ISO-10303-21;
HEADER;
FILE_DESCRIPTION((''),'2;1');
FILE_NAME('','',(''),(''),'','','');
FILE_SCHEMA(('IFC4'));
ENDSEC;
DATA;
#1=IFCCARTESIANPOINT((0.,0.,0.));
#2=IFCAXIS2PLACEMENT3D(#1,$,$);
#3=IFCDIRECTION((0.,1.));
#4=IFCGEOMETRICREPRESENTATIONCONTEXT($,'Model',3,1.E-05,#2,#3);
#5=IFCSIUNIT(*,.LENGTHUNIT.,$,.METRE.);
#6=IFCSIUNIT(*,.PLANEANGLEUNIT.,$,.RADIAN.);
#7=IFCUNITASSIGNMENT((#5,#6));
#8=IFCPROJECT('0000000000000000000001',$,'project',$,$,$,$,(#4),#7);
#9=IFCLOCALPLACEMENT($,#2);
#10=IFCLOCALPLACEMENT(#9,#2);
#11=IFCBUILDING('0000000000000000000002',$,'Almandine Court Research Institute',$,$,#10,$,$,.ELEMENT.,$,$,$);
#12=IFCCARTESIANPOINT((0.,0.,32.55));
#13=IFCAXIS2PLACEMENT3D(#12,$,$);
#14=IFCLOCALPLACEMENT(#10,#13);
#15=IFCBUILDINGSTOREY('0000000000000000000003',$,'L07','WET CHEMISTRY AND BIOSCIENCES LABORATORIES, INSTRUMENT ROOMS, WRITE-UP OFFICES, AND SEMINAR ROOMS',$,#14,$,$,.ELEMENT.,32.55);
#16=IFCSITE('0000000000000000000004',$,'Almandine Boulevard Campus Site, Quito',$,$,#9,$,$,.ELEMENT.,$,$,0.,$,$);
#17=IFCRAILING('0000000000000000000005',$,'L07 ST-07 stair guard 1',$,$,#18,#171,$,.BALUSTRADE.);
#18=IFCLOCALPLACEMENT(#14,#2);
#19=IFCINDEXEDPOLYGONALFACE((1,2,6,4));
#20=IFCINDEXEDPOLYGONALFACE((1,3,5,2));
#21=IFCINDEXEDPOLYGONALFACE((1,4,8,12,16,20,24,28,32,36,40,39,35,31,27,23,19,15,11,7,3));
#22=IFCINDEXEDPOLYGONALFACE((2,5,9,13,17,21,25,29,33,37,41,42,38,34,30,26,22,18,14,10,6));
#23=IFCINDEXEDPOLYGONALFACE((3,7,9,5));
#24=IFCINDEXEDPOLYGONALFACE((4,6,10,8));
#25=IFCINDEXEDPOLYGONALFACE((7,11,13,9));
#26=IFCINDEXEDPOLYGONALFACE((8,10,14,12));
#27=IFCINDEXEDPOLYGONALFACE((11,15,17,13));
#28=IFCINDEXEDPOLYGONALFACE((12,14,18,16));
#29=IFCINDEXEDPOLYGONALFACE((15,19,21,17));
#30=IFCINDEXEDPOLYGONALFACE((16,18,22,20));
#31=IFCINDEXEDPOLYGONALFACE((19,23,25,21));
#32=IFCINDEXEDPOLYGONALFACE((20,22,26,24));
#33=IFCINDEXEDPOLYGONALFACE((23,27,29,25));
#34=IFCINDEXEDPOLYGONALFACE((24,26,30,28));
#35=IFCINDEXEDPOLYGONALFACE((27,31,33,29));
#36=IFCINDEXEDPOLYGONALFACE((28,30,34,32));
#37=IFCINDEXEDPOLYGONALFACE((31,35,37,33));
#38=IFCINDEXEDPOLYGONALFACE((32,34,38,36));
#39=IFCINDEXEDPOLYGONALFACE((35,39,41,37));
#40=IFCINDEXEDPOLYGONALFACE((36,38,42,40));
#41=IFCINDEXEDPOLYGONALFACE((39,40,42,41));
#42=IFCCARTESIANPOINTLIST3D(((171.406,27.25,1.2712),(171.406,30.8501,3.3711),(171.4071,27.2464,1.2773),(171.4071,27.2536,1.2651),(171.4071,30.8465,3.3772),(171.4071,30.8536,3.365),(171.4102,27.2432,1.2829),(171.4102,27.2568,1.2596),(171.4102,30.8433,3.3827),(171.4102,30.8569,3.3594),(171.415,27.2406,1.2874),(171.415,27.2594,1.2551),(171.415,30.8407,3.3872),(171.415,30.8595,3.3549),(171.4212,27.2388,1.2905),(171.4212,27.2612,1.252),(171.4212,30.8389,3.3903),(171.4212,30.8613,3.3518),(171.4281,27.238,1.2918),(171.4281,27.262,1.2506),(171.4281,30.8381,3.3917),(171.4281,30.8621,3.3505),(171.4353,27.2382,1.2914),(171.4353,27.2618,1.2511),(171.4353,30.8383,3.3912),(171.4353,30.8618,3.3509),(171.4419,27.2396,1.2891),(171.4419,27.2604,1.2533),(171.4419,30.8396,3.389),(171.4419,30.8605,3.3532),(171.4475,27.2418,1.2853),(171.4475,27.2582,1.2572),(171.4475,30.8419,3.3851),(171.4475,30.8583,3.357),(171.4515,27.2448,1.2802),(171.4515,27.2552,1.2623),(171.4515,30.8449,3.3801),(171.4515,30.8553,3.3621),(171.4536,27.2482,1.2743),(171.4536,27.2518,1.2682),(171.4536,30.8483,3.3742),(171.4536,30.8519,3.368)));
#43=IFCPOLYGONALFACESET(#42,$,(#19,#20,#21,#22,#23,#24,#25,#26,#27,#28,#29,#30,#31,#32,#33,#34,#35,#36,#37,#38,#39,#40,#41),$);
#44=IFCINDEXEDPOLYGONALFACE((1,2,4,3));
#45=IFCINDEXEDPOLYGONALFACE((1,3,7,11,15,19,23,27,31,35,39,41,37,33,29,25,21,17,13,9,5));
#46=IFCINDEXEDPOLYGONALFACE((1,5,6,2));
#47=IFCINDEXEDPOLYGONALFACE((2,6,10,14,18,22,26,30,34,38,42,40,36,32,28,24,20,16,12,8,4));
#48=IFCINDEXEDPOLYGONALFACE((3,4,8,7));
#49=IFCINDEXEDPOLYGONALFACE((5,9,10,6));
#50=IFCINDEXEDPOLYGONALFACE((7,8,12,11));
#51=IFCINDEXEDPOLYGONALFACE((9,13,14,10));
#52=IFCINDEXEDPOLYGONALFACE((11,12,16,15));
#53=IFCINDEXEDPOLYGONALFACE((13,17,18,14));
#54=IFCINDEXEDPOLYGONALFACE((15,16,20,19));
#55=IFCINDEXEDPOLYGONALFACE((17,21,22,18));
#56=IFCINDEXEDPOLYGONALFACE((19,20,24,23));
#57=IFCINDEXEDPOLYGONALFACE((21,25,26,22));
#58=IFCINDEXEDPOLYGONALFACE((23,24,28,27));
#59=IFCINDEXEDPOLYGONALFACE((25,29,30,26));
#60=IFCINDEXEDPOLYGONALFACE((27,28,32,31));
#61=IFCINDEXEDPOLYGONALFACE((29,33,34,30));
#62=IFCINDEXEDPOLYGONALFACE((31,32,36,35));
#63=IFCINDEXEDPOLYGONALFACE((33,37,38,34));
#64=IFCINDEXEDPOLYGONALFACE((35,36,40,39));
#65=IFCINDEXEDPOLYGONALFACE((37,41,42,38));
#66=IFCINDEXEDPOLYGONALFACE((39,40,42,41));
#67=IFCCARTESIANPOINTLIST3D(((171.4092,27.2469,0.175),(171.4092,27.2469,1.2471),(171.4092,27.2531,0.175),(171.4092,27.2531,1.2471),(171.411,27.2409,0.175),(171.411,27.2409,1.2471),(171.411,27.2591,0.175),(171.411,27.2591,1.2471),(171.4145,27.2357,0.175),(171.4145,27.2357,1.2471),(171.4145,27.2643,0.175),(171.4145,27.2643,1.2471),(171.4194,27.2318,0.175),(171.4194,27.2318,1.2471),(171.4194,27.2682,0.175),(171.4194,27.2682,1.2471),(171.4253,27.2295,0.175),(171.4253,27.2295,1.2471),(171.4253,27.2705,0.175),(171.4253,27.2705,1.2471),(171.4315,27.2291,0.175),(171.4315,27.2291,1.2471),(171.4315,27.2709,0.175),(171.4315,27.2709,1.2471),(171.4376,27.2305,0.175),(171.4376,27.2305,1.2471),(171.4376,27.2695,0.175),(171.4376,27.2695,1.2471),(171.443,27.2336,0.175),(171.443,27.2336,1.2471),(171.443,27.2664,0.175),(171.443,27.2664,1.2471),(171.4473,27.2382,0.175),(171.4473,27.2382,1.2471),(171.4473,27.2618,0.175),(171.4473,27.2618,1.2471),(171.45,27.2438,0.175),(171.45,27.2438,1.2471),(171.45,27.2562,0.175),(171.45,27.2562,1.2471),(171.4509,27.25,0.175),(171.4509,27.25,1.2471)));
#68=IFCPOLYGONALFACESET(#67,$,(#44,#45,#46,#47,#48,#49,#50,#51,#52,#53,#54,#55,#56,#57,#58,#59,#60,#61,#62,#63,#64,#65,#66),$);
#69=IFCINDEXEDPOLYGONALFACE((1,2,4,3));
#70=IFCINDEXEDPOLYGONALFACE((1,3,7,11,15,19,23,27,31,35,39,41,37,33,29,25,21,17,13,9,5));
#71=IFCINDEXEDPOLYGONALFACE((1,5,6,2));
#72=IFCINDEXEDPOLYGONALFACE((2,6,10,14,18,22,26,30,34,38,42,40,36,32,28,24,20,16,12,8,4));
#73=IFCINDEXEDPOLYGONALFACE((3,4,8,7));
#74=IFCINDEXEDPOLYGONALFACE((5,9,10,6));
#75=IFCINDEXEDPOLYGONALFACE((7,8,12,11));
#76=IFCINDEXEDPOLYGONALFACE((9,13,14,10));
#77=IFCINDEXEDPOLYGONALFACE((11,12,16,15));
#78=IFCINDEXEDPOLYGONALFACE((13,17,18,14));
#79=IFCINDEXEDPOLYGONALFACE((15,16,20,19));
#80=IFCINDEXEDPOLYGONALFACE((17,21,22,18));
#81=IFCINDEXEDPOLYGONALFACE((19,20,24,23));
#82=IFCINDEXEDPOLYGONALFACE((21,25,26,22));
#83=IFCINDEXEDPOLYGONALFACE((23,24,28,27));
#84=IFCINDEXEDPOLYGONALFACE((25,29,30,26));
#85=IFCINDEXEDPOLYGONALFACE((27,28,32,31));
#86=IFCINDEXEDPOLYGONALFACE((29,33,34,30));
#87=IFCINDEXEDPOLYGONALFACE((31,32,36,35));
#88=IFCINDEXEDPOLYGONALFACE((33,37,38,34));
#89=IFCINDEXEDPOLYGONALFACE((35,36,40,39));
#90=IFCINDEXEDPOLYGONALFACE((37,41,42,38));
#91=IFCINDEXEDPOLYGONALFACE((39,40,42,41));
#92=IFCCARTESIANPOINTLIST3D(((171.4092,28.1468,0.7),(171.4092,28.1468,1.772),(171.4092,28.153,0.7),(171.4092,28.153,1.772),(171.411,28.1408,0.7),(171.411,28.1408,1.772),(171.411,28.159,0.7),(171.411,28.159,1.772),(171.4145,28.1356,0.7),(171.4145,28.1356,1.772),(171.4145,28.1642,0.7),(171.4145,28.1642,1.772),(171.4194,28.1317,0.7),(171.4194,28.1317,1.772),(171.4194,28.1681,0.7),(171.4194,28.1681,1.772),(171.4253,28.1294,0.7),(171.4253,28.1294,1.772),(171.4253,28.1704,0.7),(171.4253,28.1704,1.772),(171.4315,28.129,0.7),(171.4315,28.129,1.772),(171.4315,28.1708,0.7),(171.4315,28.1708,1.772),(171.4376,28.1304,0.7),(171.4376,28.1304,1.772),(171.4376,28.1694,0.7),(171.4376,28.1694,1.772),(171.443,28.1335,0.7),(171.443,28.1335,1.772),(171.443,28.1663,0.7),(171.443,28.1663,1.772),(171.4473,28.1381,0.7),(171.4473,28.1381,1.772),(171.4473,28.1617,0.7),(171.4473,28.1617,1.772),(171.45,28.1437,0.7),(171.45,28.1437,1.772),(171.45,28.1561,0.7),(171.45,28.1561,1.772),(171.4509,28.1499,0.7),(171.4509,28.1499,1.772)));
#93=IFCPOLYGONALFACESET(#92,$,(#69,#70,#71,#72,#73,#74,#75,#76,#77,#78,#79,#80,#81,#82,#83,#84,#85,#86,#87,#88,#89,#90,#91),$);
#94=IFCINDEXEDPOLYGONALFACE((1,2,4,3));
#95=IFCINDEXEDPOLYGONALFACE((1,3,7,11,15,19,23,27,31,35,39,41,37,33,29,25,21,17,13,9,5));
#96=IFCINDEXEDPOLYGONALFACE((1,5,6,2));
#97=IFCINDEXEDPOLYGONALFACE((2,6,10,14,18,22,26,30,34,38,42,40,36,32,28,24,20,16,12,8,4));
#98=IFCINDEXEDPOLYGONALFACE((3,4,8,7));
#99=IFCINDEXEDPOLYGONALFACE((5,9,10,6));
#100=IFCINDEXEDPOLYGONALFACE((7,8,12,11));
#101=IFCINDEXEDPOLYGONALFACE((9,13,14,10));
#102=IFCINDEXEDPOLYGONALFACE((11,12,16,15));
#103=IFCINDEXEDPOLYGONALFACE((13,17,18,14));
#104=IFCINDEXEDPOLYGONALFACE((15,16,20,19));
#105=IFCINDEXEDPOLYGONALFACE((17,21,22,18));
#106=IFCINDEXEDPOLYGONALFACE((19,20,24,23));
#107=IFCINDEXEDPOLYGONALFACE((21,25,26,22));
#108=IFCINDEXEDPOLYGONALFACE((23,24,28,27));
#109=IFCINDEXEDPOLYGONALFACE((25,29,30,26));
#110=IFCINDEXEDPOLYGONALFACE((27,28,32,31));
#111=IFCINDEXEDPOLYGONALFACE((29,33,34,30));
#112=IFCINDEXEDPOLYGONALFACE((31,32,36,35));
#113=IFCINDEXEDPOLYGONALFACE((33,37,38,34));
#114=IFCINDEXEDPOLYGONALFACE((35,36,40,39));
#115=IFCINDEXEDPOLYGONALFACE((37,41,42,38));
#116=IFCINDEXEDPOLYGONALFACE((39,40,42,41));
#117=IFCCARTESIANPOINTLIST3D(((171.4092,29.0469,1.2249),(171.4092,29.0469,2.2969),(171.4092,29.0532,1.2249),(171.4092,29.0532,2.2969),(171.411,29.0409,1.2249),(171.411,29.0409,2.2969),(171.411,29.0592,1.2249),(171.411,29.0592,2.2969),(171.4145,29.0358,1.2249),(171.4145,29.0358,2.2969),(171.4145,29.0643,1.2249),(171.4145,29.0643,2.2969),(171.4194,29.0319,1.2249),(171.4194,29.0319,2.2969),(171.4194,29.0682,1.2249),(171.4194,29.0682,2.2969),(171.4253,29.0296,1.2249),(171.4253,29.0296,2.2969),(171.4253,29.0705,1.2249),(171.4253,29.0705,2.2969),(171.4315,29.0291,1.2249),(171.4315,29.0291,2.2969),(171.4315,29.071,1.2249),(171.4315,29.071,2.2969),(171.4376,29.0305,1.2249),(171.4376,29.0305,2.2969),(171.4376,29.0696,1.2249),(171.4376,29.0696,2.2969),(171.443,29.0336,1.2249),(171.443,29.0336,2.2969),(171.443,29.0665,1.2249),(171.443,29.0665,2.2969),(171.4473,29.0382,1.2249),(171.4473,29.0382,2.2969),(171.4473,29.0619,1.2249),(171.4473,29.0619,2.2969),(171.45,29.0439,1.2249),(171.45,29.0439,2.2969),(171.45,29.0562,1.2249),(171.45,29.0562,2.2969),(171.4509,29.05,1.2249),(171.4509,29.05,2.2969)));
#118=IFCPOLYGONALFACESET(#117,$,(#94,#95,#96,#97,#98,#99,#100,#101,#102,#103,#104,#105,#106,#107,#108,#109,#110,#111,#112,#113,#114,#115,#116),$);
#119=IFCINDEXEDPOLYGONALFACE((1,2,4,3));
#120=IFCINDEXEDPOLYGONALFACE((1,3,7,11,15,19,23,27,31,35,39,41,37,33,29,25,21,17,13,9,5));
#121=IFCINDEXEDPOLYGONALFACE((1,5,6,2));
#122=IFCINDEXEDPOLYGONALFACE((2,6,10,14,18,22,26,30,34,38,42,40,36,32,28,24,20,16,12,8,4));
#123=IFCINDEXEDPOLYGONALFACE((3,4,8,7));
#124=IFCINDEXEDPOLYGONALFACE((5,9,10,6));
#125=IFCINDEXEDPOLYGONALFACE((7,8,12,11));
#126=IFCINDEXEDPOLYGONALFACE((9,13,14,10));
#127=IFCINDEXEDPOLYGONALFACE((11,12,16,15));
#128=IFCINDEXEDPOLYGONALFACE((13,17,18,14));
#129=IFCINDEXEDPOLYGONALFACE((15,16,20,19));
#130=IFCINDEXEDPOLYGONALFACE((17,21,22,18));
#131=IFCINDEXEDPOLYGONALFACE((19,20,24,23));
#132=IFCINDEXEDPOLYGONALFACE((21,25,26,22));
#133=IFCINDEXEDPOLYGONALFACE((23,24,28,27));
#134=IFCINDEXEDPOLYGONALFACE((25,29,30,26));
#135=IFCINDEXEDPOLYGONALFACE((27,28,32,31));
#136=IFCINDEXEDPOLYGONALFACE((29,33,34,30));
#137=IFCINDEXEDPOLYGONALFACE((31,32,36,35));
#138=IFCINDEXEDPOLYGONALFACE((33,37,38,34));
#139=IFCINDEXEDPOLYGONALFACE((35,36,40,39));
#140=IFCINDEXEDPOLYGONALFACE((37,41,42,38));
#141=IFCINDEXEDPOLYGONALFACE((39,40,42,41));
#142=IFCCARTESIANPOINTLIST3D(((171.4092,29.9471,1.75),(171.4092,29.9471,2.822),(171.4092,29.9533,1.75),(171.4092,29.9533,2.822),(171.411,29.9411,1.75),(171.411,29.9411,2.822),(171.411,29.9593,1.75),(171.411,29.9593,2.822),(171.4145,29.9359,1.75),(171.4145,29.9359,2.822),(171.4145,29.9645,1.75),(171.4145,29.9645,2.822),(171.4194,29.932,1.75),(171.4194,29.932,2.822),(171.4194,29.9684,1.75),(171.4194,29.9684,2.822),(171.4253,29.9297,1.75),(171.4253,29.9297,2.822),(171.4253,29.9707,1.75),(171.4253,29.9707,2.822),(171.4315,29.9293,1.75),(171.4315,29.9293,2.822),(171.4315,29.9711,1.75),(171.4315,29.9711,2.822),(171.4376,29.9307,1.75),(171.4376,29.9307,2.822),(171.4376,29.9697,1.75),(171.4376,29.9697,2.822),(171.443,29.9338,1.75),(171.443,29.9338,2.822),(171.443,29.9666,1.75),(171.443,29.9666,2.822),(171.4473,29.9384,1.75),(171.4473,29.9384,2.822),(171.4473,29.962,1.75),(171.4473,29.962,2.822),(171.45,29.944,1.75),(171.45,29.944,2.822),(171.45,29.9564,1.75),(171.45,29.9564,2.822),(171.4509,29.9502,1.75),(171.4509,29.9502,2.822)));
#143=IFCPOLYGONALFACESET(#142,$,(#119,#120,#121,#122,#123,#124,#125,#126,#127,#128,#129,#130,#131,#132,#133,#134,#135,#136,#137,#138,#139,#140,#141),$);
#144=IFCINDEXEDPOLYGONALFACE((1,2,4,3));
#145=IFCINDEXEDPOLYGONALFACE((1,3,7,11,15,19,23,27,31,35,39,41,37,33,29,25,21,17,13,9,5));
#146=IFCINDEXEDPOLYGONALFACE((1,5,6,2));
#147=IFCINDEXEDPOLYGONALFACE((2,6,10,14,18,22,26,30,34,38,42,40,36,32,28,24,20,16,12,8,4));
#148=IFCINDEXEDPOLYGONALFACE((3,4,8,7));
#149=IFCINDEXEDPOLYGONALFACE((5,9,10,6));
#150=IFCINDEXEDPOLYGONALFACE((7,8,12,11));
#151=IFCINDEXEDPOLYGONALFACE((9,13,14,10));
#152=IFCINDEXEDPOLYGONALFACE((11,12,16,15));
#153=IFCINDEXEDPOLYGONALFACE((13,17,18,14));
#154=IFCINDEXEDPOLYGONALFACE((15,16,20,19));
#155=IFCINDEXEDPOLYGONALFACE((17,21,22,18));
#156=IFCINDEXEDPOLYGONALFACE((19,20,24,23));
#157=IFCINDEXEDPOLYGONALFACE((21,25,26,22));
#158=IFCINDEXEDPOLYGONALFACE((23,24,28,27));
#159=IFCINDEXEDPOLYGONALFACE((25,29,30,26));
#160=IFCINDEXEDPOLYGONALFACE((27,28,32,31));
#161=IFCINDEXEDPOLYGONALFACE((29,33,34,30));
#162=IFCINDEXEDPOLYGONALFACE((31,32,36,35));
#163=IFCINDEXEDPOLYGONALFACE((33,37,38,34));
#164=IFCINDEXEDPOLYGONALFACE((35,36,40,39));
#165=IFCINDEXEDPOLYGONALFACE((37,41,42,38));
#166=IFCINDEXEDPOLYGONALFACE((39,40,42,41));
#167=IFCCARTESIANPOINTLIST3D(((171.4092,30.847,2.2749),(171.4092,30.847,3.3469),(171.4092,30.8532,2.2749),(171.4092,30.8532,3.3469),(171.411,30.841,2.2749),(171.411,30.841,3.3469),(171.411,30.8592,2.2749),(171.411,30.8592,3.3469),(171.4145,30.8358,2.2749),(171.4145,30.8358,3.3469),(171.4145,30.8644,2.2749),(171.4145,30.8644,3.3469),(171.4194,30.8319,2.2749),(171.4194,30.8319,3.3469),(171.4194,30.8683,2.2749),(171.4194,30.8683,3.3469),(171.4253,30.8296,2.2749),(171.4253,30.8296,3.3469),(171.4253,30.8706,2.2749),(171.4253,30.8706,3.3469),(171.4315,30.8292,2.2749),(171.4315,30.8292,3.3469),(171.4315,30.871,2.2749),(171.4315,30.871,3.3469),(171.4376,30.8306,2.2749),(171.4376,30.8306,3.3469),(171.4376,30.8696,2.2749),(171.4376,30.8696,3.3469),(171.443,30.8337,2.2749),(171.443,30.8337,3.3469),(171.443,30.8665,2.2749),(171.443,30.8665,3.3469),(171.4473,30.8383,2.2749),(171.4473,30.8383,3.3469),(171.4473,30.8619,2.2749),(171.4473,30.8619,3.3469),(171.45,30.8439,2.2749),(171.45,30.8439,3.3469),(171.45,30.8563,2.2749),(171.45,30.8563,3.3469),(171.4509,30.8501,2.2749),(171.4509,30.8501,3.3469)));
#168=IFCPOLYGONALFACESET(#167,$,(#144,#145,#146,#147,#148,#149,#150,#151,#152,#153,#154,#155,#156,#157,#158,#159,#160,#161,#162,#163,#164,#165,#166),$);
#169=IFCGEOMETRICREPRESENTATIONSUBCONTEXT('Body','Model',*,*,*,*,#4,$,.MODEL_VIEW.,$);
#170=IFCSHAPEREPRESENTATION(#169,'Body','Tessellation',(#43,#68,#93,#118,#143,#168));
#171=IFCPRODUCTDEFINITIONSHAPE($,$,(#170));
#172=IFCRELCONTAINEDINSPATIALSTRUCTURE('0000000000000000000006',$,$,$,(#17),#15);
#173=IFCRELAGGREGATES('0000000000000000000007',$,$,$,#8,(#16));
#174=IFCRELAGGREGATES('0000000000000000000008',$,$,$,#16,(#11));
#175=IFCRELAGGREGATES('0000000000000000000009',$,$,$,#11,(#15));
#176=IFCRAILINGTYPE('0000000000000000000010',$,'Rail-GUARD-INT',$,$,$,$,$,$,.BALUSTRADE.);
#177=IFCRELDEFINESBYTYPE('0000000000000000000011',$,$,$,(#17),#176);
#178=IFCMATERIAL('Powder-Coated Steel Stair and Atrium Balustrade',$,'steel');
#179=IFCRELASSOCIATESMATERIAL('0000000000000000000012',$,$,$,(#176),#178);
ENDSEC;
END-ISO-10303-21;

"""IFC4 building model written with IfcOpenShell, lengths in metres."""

from ifc_helpers import new_model, si_unit, direction, frame, origin, origin_2d, place, context, subcontext, project, spatial, circle, extrude, material, type_object, element, save


model = new_model("IFC4")

# Units and contexts
model_context = context("Model", 3, precision=1e-05, world=origin(), true_north=direction((0.0, 1.0)))
body_context = subcontext(model_context, "Body", "Model", "MODEL_VIEW")
ifc_project = project(units=[si_unit("LENGTHUNIT", "METRE"), si_unit("PLANEANGLEUNIT", "RADIAN")], contexts=[model_context])

# Site, building, storey
site_placement = place(None, origin())
site = spatial("IfcSite", under=ifc_project, at=site_placement, Name="Almandine Boulevard Campus Site, Quito", CompositionType="ELEMENT", RefElevation=0.0)
building_placement = place(site_placement, origin())
building = spatial("IfcBuilding", under=site, at=building_placement, Name="Almandine Court Research Institute", CompositionType="ELEMENT")
storey_placement = place(building_placement, frame((0.0, 0.0, 32.55)))
storey = spatial("IfcBuildingStorey", under=building, at=storey_placement, Name="L07", Description="WET CHEMISTRY AND BIOSCIENCES LABORATORIES, INSTRUMENT ROOMS, WRITE-UP OFFICES, AND SEMINAR ROOMS", CompositionType="ELEMENT", Elevation=32.55)

# Railing
ifc_material_1 = material(Name="Powder-Coated Steel Stair and Atrium Balustrade", Category="steel")
railing_type_1 = type_object("IfcRailingType", Name="Rail-GUARD-INT", PredefinedType="BALUSTRADE", material=ifc_material_1)
railing_1_placement = place(storey_placement, frame((171.4299, 27.25, 0.175)))
element("IfcRailing", 1, at=railing_1_placement, inside=storey, type_object=railing_type_1, Name="L07 ST-07 stair guard 1", PredefinedType="BALUSTRADE", context=body_context, shape_type="SweptSolid", body=[
    extrude(circle(Radius=0.0239, at=origin_2d()), frame((0.0, 0.0, 1.0962), z_axis=(0.0, 0.8638, 0.503835), x_axis=(-1.0, 0.0, 0.0)), (0.0, 0.0, 1.0), 4.1677),
    extrude(circle(Radius=0.021, at=origin_2d()), origin(), (0.0, 0.0, 1.0), 1.072),
    extrude(circle(Radius=0.021, at=origin_2d()), frame((0.0, 0.8999, 0.5249)), (0.0, 0.0, 1.0), 1.072),
    extrude(circle(Radius=0.021, at=origin_2d()), frame((0.0, 1.8, 1.0498)), (0.0, 0.0, 1.0), 1.072),
    extrude(circle(Radius=0.021, at=origin_2d()), frame((0.0, 2.7002, 1.575)), (0.0, 0.0, 1.0), 1.072),
    extrude(circle(Radius=0.021, at=origin_2d()), frame((0.0, 3.6001, 2.0999)), (0.0, 0.0, 1.0), 1.072),
])

save(model, "model.ifc")
